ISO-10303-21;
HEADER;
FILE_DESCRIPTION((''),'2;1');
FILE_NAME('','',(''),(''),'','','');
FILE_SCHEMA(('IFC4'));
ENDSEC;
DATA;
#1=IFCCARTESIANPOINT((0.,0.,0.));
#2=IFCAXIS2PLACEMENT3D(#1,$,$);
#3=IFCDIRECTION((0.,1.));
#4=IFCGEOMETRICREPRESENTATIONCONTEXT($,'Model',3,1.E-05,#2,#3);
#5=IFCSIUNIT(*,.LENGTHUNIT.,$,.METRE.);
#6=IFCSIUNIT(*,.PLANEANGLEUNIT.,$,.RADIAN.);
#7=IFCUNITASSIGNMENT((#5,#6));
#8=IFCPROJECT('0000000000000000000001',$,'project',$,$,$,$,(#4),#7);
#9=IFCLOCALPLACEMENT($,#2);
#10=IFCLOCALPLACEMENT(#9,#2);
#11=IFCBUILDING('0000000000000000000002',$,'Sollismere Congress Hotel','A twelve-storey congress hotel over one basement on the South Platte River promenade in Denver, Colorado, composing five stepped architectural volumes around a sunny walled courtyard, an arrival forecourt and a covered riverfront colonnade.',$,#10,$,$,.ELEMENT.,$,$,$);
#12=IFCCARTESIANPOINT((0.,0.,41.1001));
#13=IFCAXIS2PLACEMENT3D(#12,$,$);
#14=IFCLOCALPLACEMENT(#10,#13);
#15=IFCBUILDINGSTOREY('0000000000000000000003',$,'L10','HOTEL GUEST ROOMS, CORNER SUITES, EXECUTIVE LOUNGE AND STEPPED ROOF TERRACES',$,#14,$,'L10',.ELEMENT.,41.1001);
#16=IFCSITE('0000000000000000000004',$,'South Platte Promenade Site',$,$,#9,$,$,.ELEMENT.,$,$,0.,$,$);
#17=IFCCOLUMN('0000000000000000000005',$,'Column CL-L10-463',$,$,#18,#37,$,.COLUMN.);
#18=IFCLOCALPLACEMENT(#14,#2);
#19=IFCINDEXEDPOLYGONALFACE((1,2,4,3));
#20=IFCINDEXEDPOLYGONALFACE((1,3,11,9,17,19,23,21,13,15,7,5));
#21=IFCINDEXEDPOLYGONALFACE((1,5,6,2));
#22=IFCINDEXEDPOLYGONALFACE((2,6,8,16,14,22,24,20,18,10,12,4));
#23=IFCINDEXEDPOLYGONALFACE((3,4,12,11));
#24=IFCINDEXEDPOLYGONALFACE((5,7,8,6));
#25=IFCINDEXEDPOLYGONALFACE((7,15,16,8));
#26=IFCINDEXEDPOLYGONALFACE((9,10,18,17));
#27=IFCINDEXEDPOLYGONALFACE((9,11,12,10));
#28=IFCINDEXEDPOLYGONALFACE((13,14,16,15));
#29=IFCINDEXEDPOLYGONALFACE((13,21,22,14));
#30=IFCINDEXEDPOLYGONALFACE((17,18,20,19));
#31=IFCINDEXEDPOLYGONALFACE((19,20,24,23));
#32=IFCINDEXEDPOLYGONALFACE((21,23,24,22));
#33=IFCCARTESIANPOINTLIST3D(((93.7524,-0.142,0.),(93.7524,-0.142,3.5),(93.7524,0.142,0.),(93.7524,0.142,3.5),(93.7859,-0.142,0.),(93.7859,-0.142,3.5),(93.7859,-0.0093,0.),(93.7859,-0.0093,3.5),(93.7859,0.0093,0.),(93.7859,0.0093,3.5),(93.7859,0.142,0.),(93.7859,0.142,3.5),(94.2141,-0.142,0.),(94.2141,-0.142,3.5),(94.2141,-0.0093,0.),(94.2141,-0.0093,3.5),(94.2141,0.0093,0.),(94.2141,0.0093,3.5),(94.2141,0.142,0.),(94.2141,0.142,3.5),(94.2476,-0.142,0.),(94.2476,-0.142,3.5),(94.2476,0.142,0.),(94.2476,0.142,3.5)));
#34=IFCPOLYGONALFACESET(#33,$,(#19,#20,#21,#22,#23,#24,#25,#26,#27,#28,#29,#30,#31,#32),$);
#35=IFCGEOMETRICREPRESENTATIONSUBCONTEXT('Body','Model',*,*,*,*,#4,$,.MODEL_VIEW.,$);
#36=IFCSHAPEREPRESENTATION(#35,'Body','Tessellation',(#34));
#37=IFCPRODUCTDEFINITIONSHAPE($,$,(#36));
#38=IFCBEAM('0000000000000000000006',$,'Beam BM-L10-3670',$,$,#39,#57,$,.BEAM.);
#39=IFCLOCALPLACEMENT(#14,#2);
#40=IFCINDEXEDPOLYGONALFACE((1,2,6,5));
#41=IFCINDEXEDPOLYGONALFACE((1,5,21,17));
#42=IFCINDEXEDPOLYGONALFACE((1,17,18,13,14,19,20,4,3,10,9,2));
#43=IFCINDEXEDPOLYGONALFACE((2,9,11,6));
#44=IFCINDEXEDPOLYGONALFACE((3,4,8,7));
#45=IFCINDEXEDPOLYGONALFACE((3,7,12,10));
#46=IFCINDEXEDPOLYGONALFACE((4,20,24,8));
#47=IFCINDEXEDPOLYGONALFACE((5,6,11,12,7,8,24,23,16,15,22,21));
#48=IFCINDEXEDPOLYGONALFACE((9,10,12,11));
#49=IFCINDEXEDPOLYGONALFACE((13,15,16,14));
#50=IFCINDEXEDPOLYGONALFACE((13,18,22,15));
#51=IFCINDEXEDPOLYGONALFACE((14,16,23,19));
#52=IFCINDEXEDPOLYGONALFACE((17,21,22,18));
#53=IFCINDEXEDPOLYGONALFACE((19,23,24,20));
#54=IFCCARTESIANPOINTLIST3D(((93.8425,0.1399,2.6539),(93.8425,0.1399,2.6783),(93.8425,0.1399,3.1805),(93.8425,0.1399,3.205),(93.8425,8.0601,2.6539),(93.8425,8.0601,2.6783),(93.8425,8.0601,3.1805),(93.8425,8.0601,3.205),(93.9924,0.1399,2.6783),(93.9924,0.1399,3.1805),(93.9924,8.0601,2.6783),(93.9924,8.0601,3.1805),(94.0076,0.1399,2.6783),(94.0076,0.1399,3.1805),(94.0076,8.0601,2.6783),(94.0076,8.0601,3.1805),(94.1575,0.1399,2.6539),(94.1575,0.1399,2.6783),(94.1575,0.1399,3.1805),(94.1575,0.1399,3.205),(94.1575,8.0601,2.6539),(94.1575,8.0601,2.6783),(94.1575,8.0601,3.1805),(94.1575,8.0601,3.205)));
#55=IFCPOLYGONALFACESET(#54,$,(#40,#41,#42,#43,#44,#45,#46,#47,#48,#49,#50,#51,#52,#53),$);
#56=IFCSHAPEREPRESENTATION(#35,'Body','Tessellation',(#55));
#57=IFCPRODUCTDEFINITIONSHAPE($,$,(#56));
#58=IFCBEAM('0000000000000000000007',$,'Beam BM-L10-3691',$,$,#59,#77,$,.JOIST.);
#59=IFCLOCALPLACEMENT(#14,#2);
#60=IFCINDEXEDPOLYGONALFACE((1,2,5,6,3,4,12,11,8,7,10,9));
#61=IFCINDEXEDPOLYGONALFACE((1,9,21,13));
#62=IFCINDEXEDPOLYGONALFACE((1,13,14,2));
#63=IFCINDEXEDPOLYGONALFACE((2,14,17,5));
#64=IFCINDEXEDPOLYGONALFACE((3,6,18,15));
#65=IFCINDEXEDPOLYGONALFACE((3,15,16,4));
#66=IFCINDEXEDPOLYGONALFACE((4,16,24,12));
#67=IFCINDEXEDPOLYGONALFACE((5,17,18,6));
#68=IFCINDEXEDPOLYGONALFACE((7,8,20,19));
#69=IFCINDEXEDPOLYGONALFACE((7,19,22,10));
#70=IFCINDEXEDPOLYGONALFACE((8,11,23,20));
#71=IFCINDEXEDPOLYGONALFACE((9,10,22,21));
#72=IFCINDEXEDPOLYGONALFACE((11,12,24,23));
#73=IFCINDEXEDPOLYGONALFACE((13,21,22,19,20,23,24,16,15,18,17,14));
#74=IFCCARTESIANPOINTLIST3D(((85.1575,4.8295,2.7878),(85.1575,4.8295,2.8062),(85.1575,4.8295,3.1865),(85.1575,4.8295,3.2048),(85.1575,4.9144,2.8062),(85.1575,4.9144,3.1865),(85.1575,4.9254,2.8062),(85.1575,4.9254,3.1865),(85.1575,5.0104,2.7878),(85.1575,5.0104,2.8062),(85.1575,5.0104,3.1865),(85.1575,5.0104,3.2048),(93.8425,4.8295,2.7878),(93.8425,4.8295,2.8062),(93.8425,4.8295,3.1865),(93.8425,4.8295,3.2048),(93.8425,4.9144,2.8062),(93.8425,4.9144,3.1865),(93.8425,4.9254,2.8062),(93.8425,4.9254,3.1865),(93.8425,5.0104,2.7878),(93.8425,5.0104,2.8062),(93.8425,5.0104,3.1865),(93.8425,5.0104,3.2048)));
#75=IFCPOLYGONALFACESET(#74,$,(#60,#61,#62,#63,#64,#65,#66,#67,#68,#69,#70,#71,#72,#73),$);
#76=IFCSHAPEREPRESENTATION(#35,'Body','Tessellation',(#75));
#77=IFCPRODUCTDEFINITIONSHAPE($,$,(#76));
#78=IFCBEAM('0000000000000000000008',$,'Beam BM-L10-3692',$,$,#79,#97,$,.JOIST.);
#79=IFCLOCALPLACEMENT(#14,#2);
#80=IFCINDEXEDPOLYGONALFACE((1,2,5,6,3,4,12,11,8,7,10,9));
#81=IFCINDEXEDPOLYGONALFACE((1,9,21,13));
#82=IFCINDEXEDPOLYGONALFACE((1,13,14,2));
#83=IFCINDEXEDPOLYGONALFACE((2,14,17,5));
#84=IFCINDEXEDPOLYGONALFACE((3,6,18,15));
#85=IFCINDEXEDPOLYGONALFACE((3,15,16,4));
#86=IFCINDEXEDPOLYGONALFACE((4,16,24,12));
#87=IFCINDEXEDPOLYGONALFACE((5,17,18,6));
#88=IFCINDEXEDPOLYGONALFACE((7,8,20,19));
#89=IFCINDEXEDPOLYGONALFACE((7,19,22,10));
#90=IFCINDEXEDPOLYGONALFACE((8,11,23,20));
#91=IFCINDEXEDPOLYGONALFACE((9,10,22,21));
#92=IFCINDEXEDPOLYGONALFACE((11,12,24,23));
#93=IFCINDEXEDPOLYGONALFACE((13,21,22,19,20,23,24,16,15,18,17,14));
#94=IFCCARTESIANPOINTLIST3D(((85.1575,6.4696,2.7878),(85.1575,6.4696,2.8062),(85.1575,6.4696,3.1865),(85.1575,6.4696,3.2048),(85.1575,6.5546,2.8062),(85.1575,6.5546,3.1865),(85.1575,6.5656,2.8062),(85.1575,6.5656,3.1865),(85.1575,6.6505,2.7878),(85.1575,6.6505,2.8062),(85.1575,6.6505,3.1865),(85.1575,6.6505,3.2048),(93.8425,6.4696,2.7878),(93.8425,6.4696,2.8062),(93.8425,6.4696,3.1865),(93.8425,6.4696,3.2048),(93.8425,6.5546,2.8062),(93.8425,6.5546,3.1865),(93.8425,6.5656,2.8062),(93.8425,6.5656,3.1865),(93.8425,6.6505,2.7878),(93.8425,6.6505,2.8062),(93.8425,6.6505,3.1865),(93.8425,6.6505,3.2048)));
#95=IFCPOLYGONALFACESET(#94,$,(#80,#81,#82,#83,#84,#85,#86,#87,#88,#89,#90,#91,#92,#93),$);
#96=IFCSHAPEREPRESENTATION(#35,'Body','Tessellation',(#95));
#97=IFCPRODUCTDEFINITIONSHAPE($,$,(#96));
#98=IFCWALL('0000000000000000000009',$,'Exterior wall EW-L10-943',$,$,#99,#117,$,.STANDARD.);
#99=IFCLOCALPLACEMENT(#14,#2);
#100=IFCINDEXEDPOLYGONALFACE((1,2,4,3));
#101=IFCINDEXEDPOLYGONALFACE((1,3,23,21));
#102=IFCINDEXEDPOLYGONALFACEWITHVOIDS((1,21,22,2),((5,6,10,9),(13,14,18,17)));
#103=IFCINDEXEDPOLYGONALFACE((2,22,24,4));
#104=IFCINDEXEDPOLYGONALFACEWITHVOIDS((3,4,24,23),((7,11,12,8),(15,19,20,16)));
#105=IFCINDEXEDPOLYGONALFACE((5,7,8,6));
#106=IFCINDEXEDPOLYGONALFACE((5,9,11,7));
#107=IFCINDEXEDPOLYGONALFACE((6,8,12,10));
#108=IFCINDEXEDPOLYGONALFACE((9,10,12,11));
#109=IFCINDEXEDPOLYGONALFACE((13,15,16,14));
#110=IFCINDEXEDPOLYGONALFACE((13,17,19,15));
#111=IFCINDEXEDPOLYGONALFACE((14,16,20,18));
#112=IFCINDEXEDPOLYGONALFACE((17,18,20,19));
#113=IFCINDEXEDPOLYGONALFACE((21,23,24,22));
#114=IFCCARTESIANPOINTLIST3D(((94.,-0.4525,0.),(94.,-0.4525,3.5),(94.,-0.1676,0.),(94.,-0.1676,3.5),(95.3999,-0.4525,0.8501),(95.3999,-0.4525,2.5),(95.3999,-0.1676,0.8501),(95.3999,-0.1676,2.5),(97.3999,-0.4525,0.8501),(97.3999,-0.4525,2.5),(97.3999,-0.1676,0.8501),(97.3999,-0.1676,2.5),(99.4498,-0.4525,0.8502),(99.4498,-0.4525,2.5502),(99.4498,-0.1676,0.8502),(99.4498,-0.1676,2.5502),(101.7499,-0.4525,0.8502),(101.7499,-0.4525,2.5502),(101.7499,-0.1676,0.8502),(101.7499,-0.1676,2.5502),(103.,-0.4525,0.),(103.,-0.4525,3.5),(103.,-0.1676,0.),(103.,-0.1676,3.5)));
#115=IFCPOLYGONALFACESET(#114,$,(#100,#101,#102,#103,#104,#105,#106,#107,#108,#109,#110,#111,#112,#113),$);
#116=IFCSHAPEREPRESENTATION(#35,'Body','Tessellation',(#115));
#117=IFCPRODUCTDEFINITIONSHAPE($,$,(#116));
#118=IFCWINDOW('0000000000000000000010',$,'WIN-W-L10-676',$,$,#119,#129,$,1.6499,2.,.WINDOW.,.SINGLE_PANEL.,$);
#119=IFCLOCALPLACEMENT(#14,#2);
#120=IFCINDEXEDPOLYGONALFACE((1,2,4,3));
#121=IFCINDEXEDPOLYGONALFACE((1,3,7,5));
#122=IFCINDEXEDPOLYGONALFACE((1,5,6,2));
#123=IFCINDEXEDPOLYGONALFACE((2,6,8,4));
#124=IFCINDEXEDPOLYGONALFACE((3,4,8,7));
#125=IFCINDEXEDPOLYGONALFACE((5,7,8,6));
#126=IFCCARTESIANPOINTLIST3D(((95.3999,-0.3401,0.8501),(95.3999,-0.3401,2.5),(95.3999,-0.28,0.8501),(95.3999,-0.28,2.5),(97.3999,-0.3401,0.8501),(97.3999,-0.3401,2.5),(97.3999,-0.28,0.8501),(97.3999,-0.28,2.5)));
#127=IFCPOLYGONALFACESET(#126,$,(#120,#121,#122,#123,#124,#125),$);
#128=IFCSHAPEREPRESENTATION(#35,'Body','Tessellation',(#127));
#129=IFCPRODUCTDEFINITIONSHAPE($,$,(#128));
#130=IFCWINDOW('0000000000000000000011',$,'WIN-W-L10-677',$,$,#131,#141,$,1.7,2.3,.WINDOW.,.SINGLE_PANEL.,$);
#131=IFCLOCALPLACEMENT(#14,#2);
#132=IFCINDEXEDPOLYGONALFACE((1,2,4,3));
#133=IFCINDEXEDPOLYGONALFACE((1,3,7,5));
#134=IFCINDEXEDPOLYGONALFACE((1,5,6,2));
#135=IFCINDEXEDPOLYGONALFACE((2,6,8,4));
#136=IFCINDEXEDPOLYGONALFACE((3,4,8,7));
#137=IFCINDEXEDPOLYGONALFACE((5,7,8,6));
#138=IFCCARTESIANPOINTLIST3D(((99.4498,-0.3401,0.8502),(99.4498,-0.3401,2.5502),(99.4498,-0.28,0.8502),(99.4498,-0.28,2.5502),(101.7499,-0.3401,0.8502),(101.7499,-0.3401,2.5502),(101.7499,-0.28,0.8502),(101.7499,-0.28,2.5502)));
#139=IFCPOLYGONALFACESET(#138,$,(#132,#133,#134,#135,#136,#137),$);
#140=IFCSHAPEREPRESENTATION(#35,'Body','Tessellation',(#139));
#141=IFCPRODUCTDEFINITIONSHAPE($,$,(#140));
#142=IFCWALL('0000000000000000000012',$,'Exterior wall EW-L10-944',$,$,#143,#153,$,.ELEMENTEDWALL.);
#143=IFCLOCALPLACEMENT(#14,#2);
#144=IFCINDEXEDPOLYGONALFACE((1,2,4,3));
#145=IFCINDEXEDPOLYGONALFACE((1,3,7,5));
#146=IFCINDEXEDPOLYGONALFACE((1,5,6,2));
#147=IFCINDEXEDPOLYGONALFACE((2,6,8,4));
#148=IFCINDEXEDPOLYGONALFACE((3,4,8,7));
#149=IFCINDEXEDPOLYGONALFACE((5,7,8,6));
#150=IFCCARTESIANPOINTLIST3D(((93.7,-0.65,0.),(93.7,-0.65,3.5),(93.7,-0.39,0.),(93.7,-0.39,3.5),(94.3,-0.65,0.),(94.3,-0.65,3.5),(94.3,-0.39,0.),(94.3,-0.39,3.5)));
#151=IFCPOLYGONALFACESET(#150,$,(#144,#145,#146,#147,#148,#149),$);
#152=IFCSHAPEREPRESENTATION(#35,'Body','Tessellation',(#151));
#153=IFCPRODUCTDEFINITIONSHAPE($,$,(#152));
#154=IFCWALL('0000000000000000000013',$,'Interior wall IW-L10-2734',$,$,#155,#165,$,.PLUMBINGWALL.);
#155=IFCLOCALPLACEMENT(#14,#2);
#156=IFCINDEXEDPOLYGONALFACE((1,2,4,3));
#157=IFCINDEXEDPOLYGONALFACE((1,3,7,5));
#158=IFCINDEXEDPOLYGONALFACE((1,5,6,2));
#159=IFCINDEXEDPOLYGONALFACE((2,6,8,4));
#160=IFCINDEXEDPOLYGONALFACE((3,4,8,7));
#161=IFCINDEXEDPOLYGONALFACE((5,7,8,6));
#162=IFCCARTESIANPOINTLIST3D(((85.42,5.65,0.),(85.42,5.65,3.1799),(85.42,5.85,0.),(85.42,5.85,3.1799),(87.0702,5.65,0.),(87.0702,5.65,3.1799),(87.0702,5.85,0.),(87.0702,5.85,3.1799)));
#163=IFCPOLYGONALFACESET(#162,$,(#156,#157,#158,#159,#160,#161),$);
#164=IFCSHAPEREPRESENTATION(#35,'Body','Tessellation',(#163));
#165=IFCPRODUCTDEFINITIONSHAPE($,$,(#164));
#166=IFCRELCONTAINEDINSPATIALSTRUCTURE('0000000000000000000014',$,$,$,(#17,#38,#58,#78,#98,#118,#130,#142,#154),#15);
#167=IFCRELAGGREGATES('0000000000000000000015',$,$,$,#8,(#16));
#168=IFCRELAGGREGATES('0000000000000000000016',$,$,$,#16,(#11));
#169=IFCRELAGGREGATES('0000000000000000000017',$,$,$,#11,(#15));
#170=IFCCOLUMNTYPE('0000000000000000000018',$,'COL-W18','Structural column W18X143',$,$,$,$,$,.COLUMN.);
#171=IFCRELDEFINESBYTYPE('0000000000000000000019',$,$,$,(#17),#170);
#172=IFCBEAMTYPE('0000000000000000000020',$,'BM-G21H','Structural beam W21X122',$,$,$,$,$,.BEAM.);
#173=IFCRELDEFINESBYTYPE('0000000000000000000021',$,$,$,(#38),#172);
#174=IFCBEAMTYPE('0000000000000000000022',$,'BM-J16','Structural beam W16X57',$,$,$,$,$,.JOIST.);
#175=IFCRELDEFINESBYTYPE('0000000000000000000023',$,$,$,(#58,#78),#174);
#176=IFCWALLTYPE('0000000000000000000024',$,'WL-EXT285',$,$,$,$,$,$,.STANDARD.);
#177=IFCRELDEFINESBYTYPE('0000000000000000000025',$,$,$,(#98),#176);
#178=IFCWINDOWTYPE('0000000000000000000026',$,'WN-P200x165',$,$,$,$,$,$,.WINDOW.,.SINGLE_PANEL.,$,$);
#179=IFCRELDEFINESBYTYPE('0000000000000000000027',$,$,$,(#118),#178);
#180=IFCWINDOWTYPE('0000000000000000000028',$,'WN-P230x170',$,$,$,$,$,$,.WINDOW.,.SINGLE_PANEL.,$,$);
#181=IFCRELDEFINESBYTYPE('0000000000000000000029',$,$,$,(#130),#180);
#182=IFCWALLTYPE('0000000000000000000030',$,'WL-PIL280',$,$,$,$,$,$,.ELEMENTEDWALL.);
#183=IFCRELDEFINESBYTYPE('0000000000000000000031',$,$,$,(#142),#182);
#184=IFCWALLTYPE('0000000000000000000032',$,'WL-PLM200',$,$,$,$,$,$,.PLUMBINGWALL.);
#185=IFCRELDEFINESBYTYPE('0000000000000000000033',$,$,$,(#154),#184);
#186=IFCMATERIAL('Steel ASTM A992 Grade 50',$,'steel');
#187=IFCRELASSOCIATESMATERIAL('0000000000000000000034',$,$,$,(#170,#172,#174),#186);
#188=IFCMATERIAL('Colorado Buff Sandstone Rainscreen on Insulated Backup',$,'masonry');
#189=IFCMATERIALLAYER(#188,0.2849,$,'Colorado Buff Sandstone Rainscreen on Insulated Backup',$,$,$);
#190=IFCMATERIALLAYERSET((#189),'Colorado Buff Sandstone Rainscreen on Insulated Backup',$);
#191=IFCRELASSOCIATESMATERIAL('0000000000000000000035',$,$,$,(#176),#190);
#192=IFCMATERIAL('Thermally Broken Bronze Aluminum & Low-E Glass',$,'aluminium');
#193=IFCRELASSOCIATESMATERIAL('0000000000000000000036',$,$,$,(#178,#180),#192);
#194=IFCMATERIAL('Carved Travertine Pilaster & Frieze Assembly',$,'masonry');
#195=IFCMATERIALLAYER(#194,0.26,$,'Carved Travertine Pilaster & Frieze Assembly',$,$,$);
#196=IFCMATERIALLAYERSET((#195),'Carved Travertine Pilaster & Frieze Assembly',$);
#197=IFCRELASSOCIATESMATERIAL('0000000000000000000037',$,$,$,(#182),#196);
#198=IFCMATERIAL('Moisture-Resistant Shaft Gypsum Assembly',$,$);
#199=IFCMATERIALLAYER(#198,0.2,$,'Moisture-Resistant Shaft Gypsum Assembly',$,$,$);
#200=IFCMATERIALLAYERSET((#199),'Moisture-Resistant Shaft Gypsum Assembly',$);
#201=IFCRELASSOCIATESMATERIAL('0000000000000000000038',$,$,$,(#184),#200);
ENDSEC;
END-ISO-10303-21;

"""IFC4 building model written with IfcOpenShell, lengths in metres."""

from ifc_helpers import new_model, si_unit, direction, frame, frame_2d, origin, origin_2d, place, context, subcontext, project, spatial, rectangle, i_section, extrude, material, layer, layer_set, material_profile, profile_set, type_object, element, fill, save


model = new_model("IFC4")

# Units and contexts
model_context = context("Model", 3, precision=1e-05, world=origin(), true_north=direction((0.0, 1.0)))
body_context = subcontext(model_context, "Body", "Model", "MODEL_VIEW")
ifc_project = project(units=[si_unit("LENGTHUNIT", "METRE"), si_unit("PLANEANGLEUNIT", "RADIAN")], contexts=[model_context])

# Site, building, storey
site_placement = place(None, origin())
site = spatial("IfcSite", under=ifc_project, at=site_placement, Name="South Platte Promenade Site", CompositionType="ELEMENT", RefElevation=0.0)
building_placement = place(site_placement, origin())
building = spatial("IfcBuilding", under=site, at=building_placement, Name="Sollismere Congress Hotel", Description="A twelve-storey congress hotel over one basement on the South Platte River promenade in Denver, Colorado, composing five stepped architectural volumes around a sunny walled courtyard, an arrival forecourt and a covered riverfront colonnade.", CompositionType="ELEMENT")
storey_placement = place(building_placement, frame((0.0, 0.0, 41.1001)))
storey = spatial("IfcBuildingStorey", under=building, at=storey_placement, Name="L10", Description="HOTEL GUEST ROOMS, CORNER SUITES, EXECUTIVE LOUNGE AND STEPPED ROOF TERRACES", LongName="L10", CompositionType="ELEMENT", Elevation=41.1001)

# Column
ifc_material_1 = material(Name="Steel ASTM A992 Grade 50", Category="steel")
ifc_material_profile_1 = material_profile(ifc_material_1, i_section(OverallWidth=0.2839, OverallDepth=0.4951, WebThickness=0.0186, FlangeThickness=0.0334, at=origin_2d()), Name="W18X143")
ifc_profile_set_1 = profile_set([ifc_material_profile_1], Name="Steel ASTM A992 Grade 50")
column_type = type_object("IfcColumnType", Name="COL-W18", Description="Structural column W18X143", PredefinedType="COLUMN", material=ifc_profile_set_1)
column_placement = place(storey_placement, frame((94.0, 0.0, 0.0), z_axis=(0.0, 0.0, 1.0), x_axis=(0.0, 1.0, 0.0)))
element("IfcColumn", 1, at=column_placement, inside=storey, type_object=column_type, Name="Column CL-L10-463", PredefinedType="COLUMN", context=body_context, shape_type="SweptSolid", body=[
    extrude(i_section(OverallWidth=0.2839, OverallDepth=0.4951, WebThickness=0.0186, FlangeThickness=0.0334, at=origin_2d()), origin(), (0.0, 0.0, 1.0), 3.5),
])

# Beams
ifc_material_profile_2 = material_profile(ifc_material_1, i_section(OverallWidth=0.3149, OverallDepth=0.551, WebThickness=0.0151, FlangeThickness=0.0244, at=origin_2d()), Name="W21X122")
ifc_profile_set_2 = profile_set([ifc_material_profile_2], Name="Steel ASTM A992 Grade 50")
beam_type_1 = type_object("IfcBeamType", Name="BM-G21H", Description="Structural beam W21X122", PredefinedType="BEAM", material=ifc_profile_set_2)
beam_placement = place(storey_placement, frame((94.0, 0.1399, 2.9294), z_axis=(0.0, 1.0, 0.0), x_axis=(-1.0, 0.0, 0.0)))
element("IfcBeam", 2, at=beam_placement, inside=storey, type_object=beam_type_1, Name="Beam BM-L10-3670", PredefinedType="BEAM", context=body_context, shape_type="SweptSolid", body=[
    extrude(i_section(OverallWidth=0.3149, OverallDepth=0.551, WebThickness=0.0151, FlangeThickness=0.0244, at=origin_2d()), origin(), (0.0, 0.0, 1.0), 7.9202),
])
ifc_material_profile_3 = material_profile(ifc_material_1, i_section(OverallWidth=0.1809, OverallDepth=0.417, WebThickness=0.011, FlangeThickness=0.0183, at=origin_2d()), Name="W16X57")
ifc_profile_set_3 = profile_set([ifc_material_profile_3], Name="Steel ASTM A992 Grade 50")
beam_type_2 = type_object("IfcBeamType", Name="BM-J16", Description="Structural beam W16X57", PredefinedType="JOIST", material=ifc_profile_set_3)
for number, where, z_axis, x_axis, name in (
    (3, (85.1575, 4.9199, 2.9963), (1.0, 0.0, 0.0), (0.0, 1.0, 0.0), "Beam BM-L10-3691"),
    (4, (85.1575, 6.5601, 2.9963), (1.0, 0.0, 0.0), (0.0, 1.0, 0.0), "Beam BM-L10-3692"),
):
    element("IfcBeam", number, at=place(storey_placement, frame(where, z_axis=z_axis, x_axis=x_axis)), inside=storey, type_object=beam_type_2, Name=name, PredefinedType="JOIST", context=body_context, shape_type="SweptSolid", body=[
        extrude(i_section(OverallWidth=0.1809, OverallDepth=0.417, WebThickness=0.011, FlangeThickness=0.0183, at=origin_2d()), origin(), (0.0, 0.0, 1.0), 8.6851),
    ])

# Wall, openings, windows
ifc_material_2 = material(Name="Colorado Buff Sandstone Rainscreen on Insulated Backup", Category="masonry")
ifc_layer_1 = layer(ifc_material_2, 0.2849, Name="Colorado Buff Sandstone Rainscreen on Insulated Backup")
ifc_layer_set_1 = layer_set([ifc_layer_1], Name="Colorado Buff Sandstone Rainscreen on Insulated Backup")
wall_type_1 = type_object("IfcWallType", Name="WL-EXT285", PredefinedType="STANDARD", material=ifc_layer_set_1)
wall_1_placement = place(storey_placement, frame((94.0, -0.3101, 0.0), z_axis=(0.0, 0.0, 1.0), x_axis=(1.0, 0.0, 0.0)))
wall_1 = element("IfcWall", 5, at=wall_1_placement, inside=storey, type_object=wall_type_1, Name="Exterior wall EW-L10-943", PredefinedType="STANDARD", context=body_context, shape_type="SweptSolid", body=[
    extrude(rectangle(XDim=9.0, YDim=0.2849, at=frame_2d((4.5, 0.0))), origin(), (0.0, 0.0, 1.0), 3.5),
])
opening_1_placement = place(wall_1_placement, frame((1.3999, 0.0, 0.8501)))
opening_1 = element("IfcOpeningElement", 6, at=opening_1_placement, cuts=wall_1, PredefinedType="OPENING", context=body_context, shape_type="SweptSolid", body=[
    extrude(rectangle(XDim=2.0, YDim=1.6499, at=frame_2d((1.0, 0.825))), frame((0.0, 0.1523, 0.0), z_axis=(0.0, -1.0, 0.0), x_axis=(1.0, 0.0, 0.0)), (0.0, 0.0, 1.0), 0.3049),
])
opening_2_placement = place(wall_1_placement, frame((5.45, 0.0, 0.8501)))
opening_2 = element("IfcOpeningElement", 7, at=opening_2_placement, cuts=wall_1, PredefinedType="OPENING", context=body_context, shape_type="SweptSolid", body=[
    extrude(rectangle(XDim=2.3, YDim=1.7, at=frame_2d((1.1499, 0.8501))), frame((0.0, 0.1523, 0.0), z_axis=(0.0, -1.0, 0.0), x_axis=(1.0, 0.0, 0.0)), (0.0, 0.0, 1.0), 0.3049),
])
ifc_material_3 = material(Name="Thermally Broken Bronze Aluminum & Low-E Glass", Category="aluminium")
window_type_1 = type_object("IfcWindowType", Name="WN-P200x165", PartitioningType="SINGLE_PANEL", PredefinedType="WINDOW", material=ifc_material_3)
window_1_placement = place(opening_1_placement, origin())
window_1 = element("IfcWindow", 8, at=window_1_placement, inside=storey, type_object=window_type_1, Name="WIN-W-L10-676", OverallHeight=1.6499, OverallWidth=2.0, PartitioningType="SINGLE_PANEL", PredefinedType="WINDOW", context=body_context, shape_type="SweptSolid", body=[
    extrude(rectangle(XDim=2.0, YDim=1.6499, at=frame_2d((1.0, 0.825))), frame((0.0, 0.03, 0.0), z_axis=(0.0, -1.0, 0.0), x_axis=(1.0, 0.0, 0.0)), (0.0, 0.0, 1.0), 0.0601),
])
fill(opening_1, window_1)
window_type_2 = type_object("IfcWindowType", Name="WN-P230x170", PartitioningType="SINGLE_PANEL", PredefinedType="WINDOW", material=ifc_material_3)
window_2_placement = place(opening_2_placement, origin())
window_2 = element("IfcWindow", 9, at=window_2_placement, inside=storey, type_object=window_type_2, Name="WIN-W-L10-677", OverallHeight=1.7, OverallWidth=2.3, PartitioningType="SINGLE_PANEL", PredefinedType="WINDOW", context=body_context, shape_type="SweptSolid", body=[
    extrude(rectangle(XDim=2.3, YDim=1.7, at=frame_2d((1.1499, 0.8501))), frame((0.0, 0.03, 0.0), z_axis=(0.0, -1.0, 0.0), x_axis=(1.0, 0.0, 0.0)), (0.0, 0.0, 1.0), 0.0601),
])
fill(opening_2, window_2)

# Walls
ifc_material_4 = material(Name="Carved Travertine Pilaster & Frieze Assembly", Category="masonry")
ifc_layer_2 = layer(ifc_material_4, 0.26, Name="Carved Travertine Pilaster & Frieze Assembly")
ifc_layer_set_2 = layer_set([ifc_layer_2], Name="Carved Travertine Pilaster & Frieze Assembly")
wall_type_2 = type_object("IfcWallType", Name="WL-PIL280", PredefinedType="ELEMENTEDWALL", material=ifc_layer_set_2)
wall_2_placement = place(storey_placement, frame((93.7, -0.52, 0.0), z_axis=(0.0, 0.0, 1.0), x_axis=(1.0, 0.0, 0.0)))
element("IfcWall", 10, at=wall_2_placement, inside=storey, type_object=wall_type_2, Name="Exterior wall EW-L10-944", PredefinedType="ELEMENTEDWALL", context=body_context, shape_type="SweptSolid", body=[
    extrude(rectangle(XDim=0.6001, YDim=0.26, at=frame_2d((0.3, 0.0))), origin(), (0.0, 0.0, 1.0), 3.5),
])
ifc_material_5 = material(Name="Moisture-Resistant Shaft Gypsum Assembly")
ifc_layer_3 = layer(ifc_material_5, 0.2, Name="Moisture-Resistant Shaft Gypsum Assembly")
ifc_layer_set_3 = layer_set([ifc_layer_3], Name="Moisture-Resistant Shaft Gypsum Assembly")
wall_type_3 = type_object("IfcWallType", Name="WL-PLM200", PredefinedType="PLUMBINGWALL", material=ifc_layer_set_3)
wall_3_placement = place(storey_placement, frame((85.4199, 5.75, 0.0), z_axis=(0.0, 0.0, 1.0), x_axis=(1.0, 0.0, 0.0)))
element("IfcWall", 11, at=wall_3_placement, inside=storey, type_object=wall_type_3, Name="Interior wall IW-L10-2734", PredefinedType="PLUMBINGWALL", context=body_context, shape_type="SweptSolid", body=[
    extrude(rectangle(XDim=1.6501, YDim=0.2, at=frame_2d((0.8252, 0.0))), origin(), (0.0, 0.0, 1.0), 3.1799),
])

save(model, "model.ifc")
